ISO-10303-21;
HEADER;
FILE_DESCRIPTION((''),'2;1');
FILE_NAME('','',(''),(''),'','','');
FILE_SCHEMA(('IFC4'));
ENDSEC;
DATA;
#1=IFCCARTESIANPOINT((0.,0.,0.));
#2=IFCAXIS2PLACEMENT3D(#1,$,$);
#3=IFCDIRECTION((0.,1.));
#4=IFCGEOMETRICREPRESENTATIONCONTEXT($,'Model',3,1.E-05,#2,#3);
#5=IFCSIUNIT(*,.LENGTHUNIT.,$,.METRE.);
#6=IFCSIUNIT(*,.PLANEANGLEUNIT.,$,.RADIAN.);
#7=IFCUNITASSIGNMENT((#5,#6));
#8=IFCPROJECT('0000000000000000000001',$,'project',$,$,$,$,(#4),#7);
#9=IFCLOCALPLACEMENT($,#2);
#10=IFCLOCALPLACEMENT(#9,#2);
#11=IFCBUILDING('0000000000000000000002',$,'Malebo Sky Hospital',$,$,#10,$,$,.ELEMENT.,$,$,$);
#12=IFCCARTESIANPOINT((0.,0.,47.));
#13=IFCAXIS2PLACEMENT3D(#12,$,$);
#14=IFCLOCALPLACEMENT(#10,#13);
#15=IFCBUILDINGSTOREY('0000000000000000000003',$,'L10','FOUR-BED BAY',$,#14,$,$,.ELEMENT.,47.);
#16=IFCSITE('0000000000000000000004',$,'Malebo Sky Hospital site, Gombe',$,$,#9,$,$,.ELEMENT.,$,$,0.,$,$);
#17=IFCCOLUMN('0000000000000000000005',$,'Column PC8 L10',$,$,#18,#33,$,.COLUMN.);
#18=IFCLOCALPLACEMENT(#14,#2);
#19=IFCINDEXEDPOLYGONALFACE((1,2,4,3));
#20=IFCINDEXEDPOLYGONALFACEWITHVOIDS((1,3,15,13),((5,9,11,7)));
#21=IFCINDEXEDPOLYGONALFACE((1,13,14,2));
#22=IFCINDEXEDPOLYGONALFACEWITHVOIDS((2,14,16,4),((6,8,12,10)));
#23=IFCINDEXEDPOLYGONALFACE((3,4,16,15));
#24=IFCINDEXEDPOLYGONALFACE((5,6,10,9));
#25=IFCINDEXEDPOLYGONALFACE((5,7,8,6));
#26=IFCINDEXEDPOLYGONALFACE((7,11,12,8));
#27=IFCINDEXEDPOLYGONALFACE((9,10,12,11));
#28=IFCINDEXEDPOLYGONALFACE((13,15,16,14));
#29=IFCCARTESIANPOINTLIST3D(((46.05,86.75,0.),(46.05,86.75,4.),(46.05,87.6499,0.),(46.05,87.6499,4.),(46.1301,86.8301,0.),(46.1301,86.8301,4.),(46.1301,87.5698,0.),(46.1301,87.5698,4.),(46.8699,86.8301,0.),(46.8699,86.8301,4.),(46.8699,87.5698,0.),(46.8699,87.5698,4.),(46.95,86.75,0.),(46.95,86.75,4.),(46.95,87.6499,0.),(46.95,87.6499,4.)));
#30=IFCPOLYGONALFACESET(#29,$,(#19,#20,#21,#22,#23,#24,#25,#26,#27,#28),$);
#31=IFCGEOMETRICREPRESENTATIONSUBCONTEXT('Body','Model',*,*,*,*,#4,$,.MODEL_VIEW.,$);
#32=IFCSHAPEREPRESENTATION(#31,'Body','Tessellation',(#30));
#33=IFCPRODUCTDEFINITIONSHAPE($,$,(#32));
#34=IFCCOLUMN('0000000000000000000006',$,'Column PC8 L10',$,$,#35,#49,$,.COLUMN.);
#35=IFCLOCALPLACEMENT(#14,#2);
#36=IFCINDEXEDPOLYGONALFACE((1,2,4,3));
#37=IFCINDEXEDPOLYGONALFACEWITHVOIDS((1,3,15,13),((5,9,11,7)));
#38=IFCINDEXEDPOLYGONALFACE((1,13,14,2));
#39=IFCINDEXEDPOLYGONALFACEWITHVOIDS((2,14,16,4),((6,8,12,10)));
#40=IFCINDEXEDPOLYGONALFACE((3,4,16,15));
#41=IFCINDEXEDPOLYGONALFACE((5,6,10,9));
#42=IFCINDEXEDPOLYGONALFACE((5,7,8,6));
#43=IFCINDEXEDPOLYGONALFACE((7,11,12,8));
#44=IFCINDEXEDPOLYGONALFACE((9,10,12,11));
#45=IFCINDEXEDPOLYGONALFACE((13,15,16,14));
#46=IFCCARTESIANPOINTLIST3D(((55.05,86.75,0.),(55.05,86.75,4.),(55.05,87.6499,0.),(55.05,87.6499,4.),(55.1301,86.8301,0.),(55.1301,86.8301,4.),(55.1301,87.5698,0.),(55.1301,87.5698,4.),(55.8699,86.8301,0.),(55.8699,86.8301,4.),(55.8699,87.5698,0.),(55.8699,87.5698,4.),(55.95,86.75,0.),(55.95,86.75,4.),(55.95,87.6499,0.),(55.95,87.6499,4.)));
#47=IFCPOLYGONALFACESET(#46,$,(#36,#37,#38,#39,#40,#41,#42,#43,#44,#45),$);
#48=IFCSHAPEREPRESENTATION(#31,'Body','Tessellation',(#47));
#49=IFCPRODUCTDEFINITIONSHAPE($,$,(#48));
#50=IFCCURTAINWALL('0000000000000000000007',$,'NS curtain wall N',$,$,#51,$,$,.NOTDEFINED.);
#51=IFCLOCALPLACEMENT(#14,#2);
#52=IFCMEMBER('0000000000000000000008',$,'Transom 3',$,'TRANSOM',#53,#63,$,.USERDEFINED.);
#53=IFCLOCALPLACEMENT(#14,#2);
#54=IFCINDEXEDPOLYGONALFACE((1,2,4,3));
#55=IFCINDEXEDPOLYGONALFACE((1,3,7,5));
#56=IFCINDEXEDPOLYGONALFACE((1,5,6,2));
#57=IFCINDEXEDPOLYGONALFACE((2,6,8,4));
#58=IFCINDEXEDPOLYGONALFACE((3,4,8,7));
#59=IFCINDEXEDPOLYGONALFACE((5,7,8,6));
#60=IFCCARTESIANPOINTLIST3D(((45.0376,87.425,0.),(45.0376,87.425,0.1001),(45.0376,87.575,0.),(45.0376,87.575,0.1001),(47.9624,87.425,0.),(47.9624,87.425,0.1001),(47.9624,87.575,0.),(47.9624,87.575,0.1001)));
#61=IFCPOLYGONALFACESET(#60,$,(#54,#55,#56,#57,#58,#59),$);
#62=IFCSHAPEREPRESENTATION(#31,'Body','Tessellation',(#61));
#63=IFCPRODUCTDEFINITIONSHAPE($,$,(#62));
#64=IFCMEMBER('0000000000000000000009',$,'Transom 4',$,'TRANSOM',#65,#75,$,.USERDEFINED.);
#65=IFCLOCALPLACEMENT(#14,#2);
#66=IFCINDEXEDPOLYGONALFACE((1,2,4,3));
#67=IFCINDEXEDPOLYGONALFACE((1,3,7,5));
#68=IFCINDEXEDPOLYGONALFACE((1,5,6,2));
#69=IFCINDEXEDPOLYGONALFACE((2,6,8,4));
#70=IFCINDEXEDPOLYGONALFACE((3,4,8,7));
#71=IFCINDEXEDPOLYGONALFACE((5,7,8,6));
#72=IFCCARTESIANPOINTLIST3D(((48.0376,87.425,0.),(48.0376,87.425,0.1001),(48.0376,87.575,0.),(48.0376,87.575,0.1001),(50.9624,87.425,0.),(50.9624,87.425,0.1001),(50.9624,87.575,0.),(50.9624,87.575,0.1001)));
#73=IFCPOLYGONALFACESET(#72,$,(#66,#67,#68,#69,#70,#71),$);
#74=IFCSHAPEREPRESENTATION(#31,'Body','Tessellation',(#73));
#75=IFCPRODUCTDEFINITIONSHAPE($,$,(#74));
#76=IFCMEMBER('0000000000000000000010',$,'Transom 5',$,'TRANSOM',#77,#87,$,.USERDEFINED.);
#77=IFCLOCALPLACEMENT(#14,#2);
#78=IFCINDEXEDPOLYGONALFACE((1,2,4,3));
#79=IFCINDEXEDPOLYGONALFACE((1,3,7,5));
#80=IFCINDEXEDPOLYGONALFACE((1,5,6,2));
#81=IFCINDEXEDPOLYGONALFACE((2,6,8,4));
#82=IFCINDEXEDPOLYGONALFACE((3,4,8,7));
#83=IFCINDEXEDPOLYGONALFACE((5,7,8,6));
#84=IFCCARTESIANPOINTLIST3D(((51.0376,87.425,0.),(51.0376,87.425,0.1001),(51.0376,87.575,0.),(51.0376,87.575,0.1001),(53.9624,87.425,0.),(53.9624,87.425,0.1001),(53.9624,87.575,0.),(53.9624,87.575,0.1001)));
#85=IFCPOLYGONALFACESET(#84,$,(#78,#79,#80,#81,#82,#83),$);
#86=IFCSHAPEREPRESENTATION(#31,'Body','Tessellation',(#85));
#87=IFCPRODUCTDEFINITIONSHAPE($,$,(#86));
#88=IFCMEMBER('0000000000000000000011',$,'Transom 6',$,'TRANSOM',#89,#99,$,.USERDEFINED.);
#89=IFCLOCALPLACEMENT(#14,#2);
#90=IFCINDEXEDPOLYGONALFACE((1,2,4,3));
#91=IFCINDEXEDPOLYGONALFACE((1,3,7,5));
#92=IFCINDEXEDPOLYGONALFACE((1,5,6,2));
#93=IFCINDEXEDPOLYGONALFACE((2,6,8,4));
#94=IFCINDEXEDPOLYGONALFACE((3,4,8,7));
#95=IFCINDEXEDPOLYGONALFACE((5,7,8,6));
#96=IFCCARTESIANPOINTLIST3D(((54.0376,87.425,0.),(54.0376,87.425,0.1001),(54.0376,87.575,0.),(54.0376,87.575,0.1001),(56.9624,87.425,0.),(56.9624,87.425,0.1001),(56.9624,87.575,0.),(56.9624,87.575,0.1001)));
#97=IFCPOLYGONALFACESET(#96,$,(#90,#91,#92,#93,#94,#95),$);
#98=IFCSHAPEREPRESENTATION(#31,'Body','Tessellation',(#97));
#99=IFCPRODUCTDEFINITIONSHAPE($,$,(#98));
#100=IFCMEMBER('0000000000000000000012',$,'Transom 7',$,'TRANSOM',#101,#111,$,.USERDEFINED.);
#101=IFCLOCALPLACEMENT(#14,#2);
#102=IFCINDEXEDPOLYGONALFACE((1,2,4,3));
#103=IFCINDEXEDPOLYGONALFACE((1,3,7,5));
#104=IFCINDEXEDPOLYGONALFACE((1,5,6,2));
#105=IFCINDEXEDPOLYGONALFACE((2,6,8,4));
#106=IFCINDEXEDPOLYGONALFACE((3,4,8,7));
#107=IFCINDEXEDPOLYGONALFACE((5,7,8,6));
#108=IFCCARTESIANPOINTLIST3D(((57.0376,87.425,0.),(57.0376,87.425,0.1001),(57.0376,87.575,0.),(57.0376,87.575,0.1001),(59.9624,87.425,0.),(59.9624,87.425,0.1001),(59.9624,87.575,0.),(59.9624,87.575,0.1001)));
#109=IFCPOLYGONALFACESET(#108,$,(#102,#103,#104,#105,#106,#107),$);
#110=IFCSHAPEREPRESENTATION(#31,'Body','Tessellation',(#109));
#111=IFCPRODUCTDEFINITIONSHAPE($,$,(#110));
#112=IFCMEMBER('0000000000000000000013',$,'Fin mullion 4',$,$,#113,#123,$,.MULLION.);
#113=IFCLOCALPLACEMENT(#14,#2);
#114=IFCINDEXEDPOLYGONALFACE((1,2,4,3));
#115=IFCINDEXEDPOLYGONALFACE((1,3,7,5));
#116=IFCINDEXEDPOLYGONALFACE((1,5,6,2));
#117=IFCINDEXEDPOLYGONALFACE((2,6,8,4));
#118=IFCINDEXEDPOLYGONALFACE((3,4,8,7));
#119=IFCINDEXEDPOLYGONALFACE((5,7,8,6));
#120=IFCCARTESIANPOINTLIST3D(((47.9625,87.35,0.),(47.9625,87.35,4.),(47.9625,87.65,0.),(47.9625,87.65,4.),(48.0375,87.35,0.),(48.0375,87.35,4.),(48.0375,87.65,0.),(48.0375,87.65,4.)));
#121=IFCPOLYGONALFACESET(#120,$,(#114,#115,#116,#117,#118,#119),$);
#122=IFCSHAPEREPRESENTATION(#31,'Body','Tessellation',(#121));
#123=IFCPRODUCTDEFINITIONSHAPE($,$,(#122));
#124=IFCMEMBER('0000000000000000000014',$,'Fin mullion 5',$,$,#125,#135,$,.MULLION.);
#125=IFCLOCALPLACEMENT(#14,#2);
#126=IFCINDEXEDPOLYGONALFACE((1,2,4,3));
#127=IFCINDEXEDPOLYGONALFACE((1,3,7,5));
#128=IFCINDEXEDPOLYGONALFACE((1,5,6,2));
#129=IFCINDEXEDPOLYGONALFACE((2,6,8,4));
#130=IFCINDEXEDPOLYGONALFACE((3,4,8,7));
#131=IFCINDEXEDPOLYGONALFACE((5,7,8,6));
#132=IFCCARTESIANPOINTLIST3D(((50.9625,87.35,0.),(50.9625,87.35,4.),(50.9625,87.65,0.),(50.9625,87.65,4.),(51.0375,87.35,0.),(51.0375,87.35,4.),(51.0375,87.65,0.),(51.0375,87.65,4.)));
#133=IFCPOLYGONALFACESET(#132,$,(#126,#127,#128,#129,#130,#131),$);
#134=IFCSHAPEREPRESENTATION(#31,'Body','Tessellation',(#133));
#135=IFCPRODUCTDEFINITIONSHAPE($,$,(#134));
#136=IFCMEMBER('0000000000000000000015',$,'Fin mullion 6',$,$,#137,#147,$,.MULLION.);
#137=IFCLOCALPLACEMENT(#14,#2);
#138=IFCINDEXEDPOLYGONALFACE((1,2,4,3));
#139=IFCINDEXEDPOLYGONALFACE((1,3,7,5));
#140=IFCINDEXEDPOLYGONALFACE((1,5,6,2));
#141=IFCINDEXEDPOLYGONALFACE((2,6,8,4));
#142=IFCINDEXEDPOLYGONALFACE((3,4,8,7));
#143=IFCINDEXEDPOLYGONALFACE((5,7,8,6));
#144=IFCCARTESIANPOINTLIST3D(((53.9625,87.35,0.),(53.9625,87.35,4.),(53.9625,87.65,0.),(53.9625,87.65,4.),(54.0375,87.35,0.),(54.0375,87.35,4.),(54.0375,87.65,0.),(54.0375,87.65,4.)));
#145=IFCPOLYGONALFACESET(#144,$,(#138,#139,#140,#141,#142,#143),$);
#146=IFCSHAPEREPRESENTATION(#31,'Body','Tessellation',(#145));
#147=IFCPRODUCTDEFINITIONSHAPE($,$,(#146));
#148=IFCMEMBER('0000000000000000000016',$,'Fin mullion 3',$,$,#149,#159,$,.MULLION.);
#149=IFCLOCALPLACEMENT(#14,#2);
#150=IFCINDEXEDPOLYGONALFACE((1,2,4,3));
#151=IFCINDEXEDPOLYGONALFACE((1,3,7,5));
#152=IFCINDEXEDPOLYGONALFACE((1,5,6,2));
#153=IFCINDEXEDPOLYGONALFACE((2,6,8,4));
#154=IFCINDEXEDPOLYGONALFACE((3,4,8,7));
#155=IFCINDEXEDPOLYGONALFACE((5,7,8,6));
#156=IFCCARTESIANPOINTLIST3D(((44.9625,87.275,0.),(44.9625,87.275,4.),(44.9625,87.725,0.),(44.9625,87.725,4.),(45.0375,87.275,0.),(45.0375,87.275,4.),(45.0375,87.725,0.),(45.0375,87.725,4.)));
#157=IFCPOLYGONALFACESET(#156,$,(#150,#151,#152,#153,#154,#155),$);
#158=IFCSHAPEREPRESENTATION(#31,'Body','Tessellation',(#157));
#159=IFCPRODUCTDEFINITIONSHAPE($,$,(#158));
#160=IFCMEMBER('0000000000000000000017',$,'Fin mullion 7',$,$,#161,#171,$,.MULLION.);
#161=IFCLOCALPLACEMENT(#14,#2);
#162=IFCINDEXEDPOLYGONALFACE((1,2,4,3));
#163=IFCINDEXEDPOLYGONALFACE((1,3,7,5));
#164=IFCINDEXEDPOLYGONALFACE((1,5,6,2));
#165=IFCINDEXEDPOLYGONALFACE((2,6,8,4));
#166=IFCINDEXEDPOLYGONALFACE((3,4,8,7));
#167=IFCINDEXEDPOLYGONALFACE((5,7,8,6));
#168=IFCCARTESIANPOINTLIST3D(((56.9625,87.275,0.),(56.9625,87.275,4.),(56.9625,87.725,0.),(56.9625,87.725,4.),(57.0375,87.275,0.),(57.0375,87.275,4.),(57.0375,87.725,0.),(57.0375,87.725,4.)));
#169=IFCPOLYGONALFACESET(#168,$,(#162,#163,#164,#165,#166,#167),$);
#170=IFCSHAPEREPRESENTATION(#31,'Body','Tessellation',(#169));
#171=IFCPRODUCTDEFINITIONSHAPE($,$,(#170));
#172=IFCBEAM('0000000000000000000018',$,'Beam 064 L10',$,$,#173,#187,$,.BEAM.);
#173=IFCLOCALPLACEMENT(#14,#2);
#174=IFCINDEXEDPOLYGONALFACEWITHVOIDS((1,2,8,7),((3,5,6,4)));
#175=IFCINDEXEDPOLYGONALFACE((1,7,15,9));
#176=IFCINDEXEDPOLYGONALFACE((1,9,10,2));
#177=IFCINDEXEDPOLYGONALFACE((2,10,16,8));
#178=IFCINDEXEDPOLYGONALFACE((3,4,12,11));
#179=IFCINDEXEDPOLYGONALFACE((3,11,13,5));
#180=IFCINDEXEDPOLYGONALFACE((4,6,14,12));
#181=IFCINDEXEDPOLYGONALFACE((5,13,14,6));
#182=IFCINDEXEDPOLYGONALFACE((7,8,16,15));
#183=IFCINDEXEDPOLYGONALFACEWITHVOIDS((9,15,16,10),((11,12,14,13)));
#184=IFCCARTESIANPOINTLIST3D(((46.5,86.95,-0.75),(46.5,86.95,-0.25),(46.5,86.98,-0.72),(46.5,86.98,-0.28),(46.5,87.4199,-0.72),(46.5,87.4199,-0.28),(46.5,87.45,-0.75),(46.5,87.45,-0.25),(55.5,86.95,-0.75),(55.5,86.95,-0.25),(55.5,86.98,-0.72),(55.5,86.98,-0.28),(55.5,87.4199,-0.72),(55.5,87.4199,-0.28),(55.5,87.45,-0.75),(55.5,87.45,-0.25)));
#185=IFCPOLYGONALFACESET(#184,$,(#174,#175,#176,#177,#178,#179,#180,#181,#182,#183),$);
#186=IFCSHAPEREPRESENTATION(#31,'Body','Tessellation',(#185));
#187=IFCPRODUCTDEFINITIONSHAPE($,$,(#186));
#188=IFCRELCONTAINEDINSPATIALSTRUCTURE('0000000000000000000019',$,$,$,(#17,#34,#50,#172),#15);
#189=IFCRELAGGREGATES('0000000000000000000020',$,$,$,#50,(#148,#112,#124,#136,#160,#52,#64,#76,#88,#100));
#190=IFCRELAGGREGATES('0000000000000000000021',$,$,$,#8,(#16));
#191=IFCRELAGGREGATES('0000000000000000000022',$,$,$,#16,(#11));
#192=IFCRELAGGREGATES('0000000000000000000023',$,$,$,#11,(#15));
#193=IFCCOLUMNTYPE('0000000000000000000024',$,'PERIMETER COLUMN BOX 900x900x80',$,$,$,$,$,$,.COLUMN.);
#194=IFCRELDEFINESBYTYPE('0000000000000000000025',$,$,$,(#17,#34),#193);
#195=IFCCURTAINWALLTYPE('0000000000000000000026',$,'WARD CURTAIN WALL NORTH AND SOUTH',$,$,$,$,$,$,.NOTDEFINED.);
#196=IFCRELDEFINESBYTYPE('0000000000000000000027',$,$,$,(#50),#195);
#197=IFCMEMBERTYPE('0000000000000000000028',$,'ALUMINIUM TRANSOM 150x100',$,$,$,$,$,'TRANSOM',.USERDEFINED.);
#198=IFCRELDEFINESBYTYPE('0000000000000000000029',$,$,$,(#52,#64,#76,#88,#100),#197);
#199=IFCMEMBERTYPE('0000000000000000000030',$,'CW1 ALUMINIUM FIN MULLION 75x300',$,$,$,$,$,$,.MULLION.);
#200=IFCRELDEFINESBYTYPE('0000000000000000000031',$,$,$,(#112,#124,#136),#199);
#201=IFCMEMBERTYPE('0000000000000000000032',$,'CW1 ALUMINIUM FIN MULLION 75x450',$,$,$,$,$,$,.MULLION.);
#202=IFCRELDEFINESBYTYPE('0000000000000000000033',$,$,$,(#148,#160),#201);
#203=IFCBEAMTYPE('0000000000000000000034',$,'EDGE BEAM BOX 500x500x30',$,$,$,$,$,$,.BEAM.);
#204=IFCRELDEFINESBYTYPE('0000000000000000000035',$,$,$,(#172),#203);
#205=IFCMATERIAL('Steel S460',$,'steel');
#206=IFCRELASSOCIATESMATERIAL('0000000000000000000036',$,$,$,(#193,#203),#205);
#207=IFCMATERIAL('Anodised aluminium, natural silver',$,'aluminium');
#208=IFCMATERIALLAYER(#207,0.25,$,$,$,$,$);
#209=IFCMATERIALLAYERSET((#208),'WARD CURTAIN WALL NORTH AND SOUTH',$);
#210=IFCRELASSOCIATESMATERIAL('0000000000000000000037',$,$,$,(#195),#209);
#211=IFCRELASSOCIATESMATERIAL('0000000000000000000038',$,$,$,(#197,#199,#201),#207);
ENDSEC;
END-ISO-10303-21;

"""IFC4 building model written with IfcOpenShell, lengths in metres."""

from ifc_helpers import new_model, si_unit, direction, frame, origin, origin_2d, place, context, subcontext, project, spatial, rectangle, hollow_rectangle, extrude, material, layer, layer_set, material_profile, profile_set, type_object, element, aggregate, save


model = new_model("IFC4")

# Units and contexts
model_context = context("Model", 3, precision=1e-05, world=origin(), true_north=direction((0.0, 1.0)))
body_context = subcontext(model_context, "Body", "Model", "MODEL_VIEW")
ifc_project = project(units=[si_unit("LENGTHUNIT", "METRE"), si_unit("PLANEANGLEUNIT", "RADIAN")], contexts=[model_context])

# Site, building, storey
site_placement = place(None, origin())
site = spatial("IfcSite", under=ifc_project, at=site_placement, Name="Malebo Sky Hospital site, Gombe", CompositionType="ELEMENT", RefElevation=0.0)
building_placement = place(site_placement, origin())
building = spatial("IfcBuilding", under=site, at=building_placement, Name="Malebo Sky Hospital", CompositionType="ELEMENT")
storey_placement = place(building_placement, frame((0.0, 0.0, 47.0)))
storey = spatial("IfcBuildingStorey", under=building, at=storey_placement, Name="L10", Description="FOUR-BED BAY", CompositionType="ELEMENT", Elevation=47.0)

# Columns
ifc_material_1 = material(Name="Steel S460", Category="steel")
ifc_material_profile_1 = material_profile(ifc_material_1, hollow_rectangle(XDim=0.8999, YDim=0.8999, WallThickness=0.0801, at=origin_2d()), Name="BOX 900x900x80")
ifc_profile_set_1 = profile_set([ifc_material_profile_1], Name="Steel S460")
column_type = type_object("IfcColumnType", Name="PERIMETER COLUMN BOX 900x900x80", PredefinedType="COLUMN", material=ifc_profile_set_1)
for number, where, z_axis, x_axis, name in (
    (1, (46.5, 87.2, 0.0), (0.0, 0.0, 1.0), (1.0, 0.0, 0.0), "Column PC8 L10"),
    (2, (55.5, 87.2, 0.0), (0.0, 0.0, 1.0), (1.0, 0.0, 0.0), "Column PC8 L10"),
):
    element("IfcColumn", number, at=place(storey_placement, frame(where, z_axis=z_axis, x_axis=x_axis)), inside=storey, type_object=column_type, Name=name, PredefinedType="COLUMN", context=body_context, shape_type="SweptSolid", body=[
        extrude(hollow_rectangle(XDim=0.8999, YDim=0.8999, WallThickness=0.0801, at=origin_2d()), origin(), (0.0, 0.0, 1.0), 4.0),
    ])

# Curtain wall, members
ifc_material_2 = material(Name="Anodised aluminium, natural silver", Category="aluminium")
ifc_layer_1 = layer(ifc_material_2, 0.25)
ifc_layer_set_1 = layer_set([ifc_layer_1], Name="WARD CURTAIN WALL NORTH AND SOUTH")
curtain_wall_type = type_object("IfcCurtainWallType", Name="WARD CURTAIN WALL NORTH AND SOUTH", PredefinedType="NOTDEFINED", material=ifc_layer_set_1)
curtain_wall_placement = place(storey_placement, origin())
curtain_wall = element("IfcCurtainWall", 3, at=curtain_wall_placement, inside=storey, type_object=curtain_wall_type, Name="NS curtain wall N", PredefinedType="NOTDEFINED")
ifc_material_profile_2 = material_profile(ifc_material_2, rectangle(XDim=0.1499, YDim=0.1001, at=origin_2d()), Name="ALUMINIUM TRANSOM 150x100")
ifc_profile_set_2 = profile_set([ifc_material_profile_2], Name="Anodised aluminium, natural silver")
member_type_1 = type_object("IfcMemberType", Name="ALUMINIUM TRANSOM 150x100", ElementType="TRANSOM", PredefinedType="USERDEFINED", material=ifc_profile_set_2)
member_1_placement = place(storey_placement, frame((45.0376, 87.5, 0.05), z_axis=(1.0, 0.0, 0.0), x_axis=(0.0, 1.0, 0.0)))
member_1 = element("IfcMember", 4, at=member_1_placement, type_object=member_type_1, Name="Transom 3", ObjectType="TRANSOM", PredefinedType="USERDEFINED", context=body_context, shape_type="SweptSolid", body=[
    extrude(rectangle(XDim=0.1499, YDim=0.1001, at=origin_2d()), origin(), (0.0, 0.0, 1.0), 2.9248),
])
member_2_placement = place(storey_placement, frame((48.0376, 87.5, 0.05), z_axis=(1.0, 0.0, 0.0), x_axis=(0.0, 1.0, 0.0)))
member_2 = element("IfcMember", 5, at=member_2_placement, type_object=member_type_1, Name="Transom 4", ObjectType="TRANSOM", PredefinedType="USERDEFINED", context=body_context, shape_type="SweptSolid", body=[
    extrude(rectangle(XDim=0.1499, YDim=0.1001, at=origin_2d()), origin(), (0.0, 0.0, 1.0), 2.9248),
])
member_3_placement = place(storey_placement, frame((51.0376, 87.5, 0.05), z_axis=(1.0, 0.0, 0.0), x_axis=(0.0, 1.0, 0.0)))
member_3 = element("IfcMember", 6, at=member_3_placement, type_object=member_type_1, Name="Transom 5", ObjectType="TRANSOM", PredefinedType="USERDEFINED", context=body_context, shape_type="SweptSolid", body=[
    extrude(rectangle(XDim=0.1499, YDim=0.1001, at=origin_2d()), origin(), (0.0, 0.0, 1.0), 2.9248),
])
member_4_placement = place(storey_placement, frame((54.0376, 87.5, 0.05), z_axis=(1.0, 0.0, 0.0), x_axis=(0.0, 1.0, 0.0)))
member_4 = element("IfcMember", 7, at=member_4_placement, type_object=member_type_1, Name="Transom 6", ObjectType="TRANSOM", PredefinedType="USERDEFINED", context=body_context, shape_type="SweptSolid", body=[
    extrude(rectangle(XDim=0.1499, YDim=0.1001, at=origin_2d()), origin(), (0.0, 0.0, 1.0), 2.9248),
])
member_5_placement = place(storey_placement, frame((57.0376, 87.5, 0.05), z_axis=(1.0, 0.0, 0.0), x_axis=(0.0, 1.0, 0.0)))
member_5 = element("IfcMember", 8, at=member_5_placement, type_object=member_type_1, Name="Transom 7", ObjectType="TRANSOM", PredefinedType="USERDEFINED", context=body_context, shape_type="SweptSolid", body=[
    extrude(rectangle(XDim=0.1499, YDim=0.1001, at=origin_2d()), origin(), (0.0, 0.0, 1.0), 2.9248),
])
ifc_material_profile_3 = material_profile(ifc_material_2, rectangle(XDim=0.075, YDim=0.3, at=origin_2d()), Name="CW1 ALUMINIUM FIN MULLION 75x300")
ifc_profile_set_3 = profile_set([ifc_material_profile_3], Name="Anodised aluminium, natural silver")
member_type_2 = type_object("IfcMemberType", Name="CW1 ALUMINIUM FIN MULLION 75x300", PredefinedType="MULLION", material=ifc_profile_set_3)
member_6_placement = place(storey_placement, frame((48.0, 87.5, 0.0), z_axis=(0.0, 0.0, 1.0), x_axis=(1.0, 0.0, 0.0)))
member_6 = element("IfcMember", 9, at=member_6_placement, type_object=member_type_2, Name="Fin mullion 4", PredefinedType="MULLION", context=body_context, shape_type="SweptSolid", body=[
    extrude(rectangle(XDim=0.075, YDim=0.3, at=origin_2d()), origin(), (0.0, 0.0, 1.0), 4.0),
])
member_7_placement = place(storey_placement, frame((51.0, 87.5, 0.0), z_axis=(0.0, 0.0, 1.0), x_axis=(1.0, 0.0, 0.0)))
member_7 = element("IfcMember", 10, at=member_7_placement, type_object=member_type_2, Name="Fin mullion 5", PredefinedType="MULLION", context=body_context, shape_type="SweptSolid", body=[
    extrude(rectangle(XDim=0.075, YDim=0.3, at=origin_2d()), origin(), (0.0, 0.0, 1.0), 4.0),
])
member_8_placement = place(storey_placement, frame((54.0, 87.5, 0.0), z_axis=(0.0, 0.0, 1.0), x_axis=(1.0, 0.0, 0.0)))
member_8 = element("IfcMember", 11, at=member_8_placement, type_object=member_type_2, Name="Fin mullion 6", PredefinedType="MULLION", context=body_context, shape_type="SweptSolid", body=[
    extrude(rectangle(XDim=0.075, YDim=0.3, at=origin_2d()), origin(), (0.0, 0.0, 1.0), 4.0),
])
ifc_material_profile_4 = material_profile(ifc_material_2, rectangle(XDim=0.075, YDim=0.45, at=origin_2d()), Name="CW1 ALUMINIUM FIN MULLION 75x450")
ifc_profile_set_4 = profile_set([ifc_material_profile_4], Name="Anodised aluminium, natural silver")
member_type_3 = type_object("IfcMemberType", Name="CW1 ALUMINIUM FIN MULLION 75x450", PredefinedType="MULLION", material=ifc_profile_set_4)
member_9_placement = place(storey_placement, frame((45.0, 87.5, 0.0), z_axis=(0.0, 0.0, 1.0), x_axis=(1.0, 0.0, 0.0)))
member_9 = element("IfcMember", 12, at=member_9_placement, type_object=member_type_3, Name="Fin mullion 3", PredefinedType="MULLION", context=body_context, shape_type="SweptSolid", body=[
    extrude(rectangle(XDim=0.075, YDim=0.45, at=origin_2d()), origin(), (0.0, 0.0, 1.0), 4.0),
])
member_10_placement = place(storey_placement, frame((57.0, 87.5, 0.0), z_axis=(0.0, 0.0, 1.0), x_axis=(1.0, 0.0, 0.0)))
member_10 = element("IfcMember", 13, at=member_10_placement, type_object=member_type_3, Name="Fin mullion 7", PredefinedType="MULLION", context=body_context, shape_type="SweptSolid", body=[
    extrude(rectangle(XDim=0.075, YDim=0.45, at=origin_2d()), origin(), (0.0, 0.0, 1.0), 4.0),
])

# Beam
ifc_material_profile_5 = material_profile(ifc_material_1, hollow_rectangle(XDim=0.5, YDim=0.5, WallThickness=0.03, at=origin_2d()), Name="BOX 500x500x30")
ifc_profile_set_5 = profile_set([ifc_material_profile_5], Name="Steel S460")
beam_type = type_object("IfcBeamType", Name="EDGE BEAM BOX 500x500x30", PredefinedType="BEAM", material=ifc_profile_set_5)
for number, where, z_axis, x_axis, name in (
    (14, (46.5, 87.2, -0.5), (1.0, 0.0, 0.0), (0.0, 1.0, 0.0), "Beam 064 L10"),
):
    element("IfcBeam", number, at=place(storey_placement, frame(where, z_axis=z_axis, x_axis=x_axis)), inside=storey, type_object=beam_type, Name=name, PredefinedType="BEAM", context=body_context, shape_type="SweptSolid", body=[
        extrude(hollow_rectangle(XDim=0.5, YDim=0.5, WallThickness=0.03, at=origin_2d()), origin(), (0.0, 0.0, 1.0), 9.0),
    ])

aggregate(curtain_wall, [member_9, member_6, member_7, member_8, member_10, member_1, member_2, member_3, member_4, member_5])

save(model, "model.ifc")
